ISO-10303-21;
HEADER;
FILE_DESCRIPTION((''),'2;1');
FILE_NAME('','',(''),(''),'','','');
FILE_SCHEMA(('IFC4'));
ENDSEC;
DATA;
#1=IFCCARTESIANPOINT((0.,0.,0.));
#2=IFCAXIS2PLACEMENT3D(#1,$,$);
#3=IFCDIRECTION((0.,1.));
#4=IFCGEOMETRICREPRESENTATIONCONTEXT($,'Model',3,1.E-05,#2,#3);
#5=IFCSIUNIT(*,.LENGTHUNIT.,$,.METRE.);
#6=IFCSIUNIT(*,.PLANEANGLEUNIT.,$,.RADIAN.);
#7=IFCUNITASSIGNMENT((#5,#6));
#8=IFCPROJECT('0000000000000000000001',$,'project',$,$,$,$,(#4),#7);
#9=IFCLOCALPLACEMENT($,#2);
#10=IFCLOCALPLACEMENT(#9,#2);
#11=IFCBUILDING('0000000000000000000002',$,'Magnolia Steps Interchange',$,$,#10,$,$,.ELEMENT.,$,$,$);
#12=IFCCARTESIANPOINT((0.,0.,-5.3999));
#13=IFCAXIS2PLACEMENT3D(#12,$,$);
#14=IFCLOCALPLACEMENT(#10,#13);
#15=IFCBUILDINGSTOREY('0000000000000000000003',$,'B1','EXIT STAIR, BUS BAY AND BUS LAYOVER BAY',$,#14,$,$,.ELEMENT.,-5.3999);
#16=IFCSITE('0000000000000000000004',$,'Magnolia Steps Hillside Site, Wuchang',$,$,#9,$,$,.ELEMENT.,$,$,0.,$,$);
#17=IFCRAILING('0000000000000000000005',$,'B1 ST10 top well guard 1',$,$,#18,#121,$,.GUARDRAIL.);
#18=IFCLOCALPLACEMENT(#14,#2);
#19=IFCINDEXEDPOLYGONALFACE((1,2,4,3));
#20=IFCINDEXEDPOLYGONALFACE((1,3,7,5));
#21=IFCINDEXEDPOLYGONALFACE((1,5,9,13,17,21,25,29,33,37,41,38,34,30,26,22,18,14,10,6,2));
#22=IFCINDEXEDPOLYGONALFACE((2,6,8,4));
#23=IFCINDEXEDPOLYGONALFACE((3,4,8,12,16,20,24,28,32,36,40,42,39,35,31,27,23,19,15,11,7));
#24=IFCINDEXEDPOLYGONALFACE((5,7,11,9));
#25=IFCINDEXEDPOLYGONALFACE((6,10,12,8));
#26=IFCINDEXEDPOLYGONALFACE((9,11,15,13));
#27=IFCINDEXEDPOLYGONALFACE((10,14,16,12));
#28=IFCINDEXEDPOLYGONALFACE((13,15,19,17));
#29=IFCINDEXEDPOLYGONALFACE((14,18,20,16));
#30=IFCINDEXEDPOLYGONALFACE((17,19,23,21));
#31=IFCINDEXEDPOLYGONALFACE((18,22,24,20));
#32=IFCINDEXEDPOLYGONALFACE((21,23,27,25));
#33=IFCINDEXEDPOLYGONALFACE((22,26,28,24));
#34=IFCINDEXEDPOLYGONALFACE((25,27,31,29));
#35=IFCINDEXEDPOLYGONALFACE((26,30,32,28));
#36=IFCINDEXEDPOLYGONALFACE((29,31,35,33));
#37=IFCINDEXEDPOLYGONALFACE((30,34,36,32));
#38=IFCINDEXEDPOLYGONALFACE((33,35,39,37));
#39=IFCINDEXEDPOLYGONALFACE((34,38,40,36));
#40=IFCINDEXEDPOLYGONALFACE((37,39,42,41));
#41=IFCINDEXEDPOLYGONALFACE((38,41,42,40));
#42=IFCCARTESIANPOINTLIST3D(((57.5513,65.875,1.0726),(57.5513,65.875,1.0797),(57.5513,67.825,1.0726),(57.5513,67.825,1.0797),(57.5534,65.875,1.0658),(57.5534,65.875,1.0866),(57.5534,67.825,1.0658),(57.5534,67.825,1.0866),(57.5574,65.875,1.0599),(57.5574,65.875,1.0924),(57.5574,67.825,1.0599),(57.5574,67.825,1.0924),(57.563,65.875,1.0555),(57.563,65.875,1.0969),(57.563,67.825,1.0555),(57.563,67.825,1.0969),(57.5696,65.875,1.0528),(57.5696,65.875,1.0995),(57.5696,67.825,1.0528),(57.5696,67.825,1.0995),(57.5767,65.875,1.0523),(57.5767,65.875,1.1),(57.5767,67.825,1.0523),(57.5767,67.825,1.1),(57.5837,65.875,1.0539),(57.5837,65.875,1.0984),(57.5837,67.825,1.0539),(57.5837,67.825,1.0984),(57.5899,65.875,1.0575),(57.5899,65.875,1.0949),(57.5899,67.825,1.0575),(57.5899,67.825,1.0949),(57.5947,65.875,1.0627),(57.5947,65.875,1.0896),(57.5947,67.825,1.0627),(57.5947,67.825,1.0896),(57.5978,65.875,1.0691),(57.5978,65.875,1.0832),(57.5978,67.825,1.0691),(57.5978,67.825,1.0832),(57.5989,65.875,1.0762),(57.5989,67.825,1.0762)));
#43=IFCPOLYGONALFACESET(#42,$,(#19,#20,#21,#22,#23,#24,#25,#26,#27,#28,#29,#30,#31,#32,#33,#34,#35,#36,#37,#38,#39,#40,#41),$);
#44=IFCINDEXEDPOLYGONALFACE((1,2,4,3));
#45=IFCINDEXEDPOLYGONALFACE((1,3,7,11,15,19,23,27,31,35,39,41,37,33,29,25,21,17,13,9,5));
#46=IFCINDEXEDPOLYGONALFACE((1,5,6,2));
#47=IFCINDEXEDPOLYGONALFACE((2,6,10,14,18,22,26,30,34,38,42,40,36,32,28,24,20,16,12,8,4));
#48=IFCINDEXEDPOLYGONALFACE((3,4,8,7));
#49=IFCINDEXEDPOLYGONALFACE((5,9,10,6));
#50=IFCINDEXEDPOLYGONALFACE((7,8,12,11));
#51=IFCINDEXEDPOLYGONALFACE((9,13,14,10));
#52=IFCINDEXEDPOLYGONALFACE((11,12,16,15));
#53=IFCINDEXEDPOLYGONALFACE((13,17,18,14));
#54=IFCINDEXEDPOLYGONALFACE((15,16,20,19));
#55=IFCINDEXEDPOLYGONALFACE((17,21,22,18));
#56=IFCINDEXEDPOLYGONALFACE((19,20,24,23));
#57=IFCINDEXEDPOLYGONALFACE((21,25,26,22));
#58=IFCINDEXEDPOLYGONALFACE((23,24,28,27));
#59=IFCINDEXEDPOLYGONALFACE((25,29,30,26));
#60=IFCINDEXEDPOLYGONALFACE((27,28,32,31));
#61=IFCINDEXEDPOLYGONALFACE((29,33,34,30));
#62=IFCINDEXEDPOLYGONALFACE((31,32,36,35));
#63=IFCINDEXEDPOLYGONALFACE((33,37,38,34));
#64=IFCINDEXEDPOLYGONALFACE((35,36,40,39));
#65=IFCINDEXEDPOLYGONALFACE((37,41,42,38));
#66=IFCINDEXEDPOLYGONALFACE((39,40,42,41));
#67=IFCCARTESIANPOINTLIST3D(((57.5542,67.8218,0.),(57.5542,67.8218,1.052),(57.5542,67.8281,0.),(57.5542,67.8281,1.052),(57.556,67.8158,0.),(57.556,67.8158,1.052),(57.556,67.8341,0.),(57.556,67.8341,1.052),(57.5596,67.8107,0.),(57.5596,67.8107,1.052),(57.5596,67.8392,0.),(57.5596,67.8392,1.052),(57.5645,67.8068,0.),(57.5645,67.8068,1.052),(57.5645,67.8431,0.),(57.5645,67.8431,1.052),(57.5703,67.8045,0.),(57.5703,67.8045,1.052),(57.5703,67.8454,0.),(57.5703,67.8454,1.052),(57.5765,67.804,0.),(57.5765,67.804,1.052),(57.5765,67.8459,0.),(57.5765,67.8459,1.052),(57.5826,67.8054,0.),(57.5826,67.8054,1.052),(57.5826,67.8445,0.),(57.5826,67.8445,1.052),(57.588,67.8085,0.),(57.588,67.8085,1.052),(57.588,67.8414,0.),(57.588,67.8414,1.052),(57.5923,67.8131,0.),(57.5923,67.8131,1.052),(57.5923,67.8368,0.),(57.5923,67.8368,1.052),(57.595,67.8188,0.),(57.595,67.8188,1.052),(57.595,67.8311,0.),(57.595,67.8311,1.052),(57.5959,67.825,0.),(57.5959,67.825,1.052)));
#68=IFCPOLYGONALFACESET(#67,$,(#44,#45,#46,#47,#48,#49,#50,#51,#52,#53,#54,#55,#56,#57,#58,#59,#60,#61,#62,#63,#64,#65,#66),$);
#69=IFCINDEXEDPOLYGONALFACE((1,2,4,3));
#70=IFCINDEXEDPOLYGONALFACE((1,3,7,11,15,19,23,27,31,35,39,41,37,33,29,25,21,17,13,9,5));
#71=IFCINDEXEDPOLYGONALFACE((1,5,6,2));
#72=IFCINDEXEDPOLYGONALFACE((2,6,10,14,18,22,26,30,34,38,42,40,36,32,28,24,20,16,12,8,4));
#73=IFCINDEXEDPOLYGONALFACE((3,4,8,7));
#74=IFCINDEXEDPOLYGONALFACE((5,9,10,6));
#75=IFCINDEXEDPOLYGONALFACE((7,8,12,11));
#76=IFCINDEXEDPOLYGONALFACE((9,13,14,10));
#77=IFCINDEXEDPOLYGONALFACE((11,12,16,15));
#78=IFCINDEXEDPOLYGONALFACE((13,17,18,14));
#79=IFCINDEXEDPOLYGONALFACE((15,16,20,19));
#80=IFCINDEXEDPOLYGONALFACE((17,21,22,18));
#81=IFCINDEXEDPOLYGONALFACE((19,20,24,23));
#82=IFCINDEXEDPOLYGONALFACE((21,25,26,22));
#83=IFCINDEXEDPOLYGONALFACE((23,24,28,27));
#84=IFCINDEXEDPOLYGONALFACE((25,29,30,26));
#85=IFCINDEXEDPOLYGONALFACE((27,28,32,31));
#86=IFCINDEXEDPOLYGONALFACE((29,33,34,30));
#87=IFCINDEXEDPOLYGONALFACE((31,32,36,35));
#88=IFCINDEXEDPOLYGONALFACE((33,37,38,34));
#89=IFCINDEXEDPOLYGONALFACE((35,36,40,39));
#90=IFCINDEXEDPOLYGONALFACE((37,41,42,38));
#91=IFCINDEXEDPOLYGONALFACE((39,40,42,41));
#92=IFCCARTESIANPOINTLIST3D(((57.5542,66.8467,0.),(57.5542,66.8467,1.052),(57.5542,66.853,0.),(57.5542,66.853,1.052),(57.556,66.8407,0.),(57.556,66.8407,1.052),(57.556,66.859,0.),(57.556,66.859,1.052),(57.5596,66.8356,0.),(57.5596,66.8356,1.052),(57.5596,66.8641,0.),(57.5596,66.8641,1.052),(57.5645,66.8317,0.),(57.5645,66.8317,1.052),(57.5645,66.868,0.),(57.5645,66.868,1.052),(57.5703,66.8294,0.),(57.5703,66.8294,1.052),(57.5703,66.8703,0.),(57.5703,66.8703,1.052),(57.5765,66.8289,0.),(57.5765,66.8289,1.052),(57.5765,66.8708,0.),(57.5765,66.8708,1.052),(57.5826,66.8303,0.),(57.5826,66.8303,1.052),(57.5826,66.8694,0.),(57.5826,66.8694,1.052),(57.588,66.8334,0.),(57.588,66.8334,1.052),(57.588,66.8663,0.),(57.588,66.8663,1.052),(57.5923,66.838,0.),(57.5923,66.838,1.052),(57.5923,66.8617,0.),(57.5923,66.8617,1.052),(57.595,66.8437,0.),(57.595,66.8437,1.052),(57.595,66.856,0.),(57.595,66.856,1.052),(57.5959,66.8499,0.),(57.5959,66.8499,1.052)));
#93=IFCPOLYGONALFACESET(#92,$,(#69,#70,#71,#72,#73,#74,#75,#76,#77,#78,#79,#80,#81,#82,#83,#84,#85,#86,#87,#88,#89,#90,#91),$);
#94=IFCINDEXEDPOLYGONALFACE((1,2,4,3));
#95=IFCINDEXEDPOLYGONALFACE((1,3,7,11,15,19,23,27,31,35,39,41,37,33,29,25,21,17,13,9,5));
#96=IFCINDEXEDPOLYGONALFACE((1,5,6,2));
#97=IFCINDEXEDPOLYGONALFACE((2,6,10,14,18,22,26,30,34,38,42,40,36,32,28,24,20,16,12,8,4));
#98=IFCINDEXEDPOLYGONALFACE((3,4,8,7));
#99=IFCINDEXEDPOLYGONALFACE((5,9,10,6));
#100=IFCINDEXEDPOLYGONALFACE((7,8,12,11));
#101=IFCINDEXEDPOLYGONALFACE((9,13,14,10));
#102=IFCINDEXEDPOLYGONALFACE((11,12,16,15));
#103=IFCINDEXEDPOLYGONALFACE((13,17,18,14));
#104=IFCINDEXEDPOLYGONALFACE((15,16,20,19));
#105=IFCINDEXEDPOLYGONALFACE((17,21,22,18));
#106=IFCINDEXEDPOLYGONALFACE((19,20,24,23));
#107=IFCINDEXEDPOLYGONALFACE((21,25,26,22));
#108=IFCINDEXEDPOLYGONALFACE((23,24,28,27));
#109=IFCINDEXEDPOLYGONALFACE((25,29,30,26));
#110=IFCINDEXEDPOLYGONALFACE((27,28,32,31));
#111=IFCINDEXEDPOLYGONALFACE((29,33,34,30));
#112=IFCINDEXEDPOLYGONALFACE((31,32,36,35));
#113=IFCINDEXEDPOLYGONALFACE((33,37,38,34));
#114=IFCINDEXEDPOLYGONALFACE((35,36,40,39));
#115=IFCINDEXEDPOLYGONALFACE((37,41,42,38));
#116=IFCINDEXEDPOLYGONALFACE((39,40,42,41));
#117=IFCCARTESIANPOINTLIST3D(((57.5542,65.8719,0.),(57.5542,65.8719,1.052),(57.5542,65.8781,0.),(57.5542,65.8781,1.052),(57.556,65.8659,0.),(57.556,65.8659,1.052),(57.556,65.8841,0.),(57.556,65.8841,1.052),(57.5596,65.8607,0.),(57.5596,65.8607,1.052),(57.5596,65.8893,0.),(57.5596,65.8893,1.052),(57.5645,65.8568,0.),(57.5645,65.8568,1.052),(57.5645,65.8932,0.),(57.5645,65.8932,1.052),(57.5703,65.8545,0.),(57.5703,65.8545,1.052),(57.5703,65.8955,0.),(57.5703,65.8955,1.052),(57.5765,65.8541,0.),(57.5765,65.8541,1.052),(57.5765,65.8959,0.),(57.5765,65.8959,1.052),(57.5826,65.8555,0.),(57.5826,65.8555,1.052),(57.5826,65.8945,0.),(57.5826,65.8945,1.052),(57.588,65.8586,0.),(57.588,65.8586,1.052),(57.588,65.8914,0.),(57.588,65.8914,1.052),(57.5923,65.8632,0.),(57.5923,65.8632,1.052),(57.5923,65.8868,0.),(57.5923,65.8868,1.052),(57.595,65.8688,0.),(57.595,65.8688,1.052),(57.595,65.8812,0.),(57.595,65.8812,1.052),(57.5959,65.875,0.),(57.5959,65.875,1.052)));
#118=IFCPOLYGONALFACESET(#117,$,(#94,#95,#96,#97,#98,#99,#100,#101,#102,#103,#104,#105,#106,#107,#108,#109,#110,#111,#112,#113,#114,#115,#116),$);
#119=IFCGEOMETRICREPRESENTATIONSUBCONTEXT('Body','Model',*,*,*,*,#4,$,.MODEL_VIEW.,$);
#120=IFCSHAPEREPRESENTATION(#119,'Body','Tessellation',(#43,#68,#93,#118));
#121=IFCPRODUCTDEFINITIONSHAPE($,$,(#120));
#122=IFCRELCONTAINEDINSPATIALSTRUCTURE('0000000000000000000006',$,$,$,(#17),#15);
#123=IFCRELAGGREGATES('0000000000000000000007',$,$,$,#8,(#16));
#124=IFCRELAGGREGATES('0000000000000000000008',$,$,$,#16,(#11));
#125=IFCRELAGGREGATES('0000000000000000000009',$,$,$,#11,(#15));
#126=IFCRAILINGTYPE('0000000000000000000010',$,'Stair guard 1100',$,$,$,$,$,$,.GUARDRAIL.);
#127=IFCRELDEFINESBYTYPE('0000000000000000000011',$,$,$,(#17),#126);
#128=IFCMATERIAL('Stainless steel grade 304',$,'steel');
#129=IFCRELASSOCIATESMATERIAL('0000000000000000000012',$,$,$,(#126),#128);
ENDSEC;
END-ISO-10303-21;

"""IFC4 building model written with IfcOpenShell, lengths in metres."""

from ifc_helpers import new_model, si_unit, direction, frame, origin, origin_2d, place, context, subcontext, project, spatial, circle, extrude, material, type_object, element, save


model = new_model("IFC4")

# Units and contexts
model_context = context("Model", 3, precision=1e-05, world=origin(), true_north=direction((0.0, 1.0)))
body_context = subcontext(model_context, "Body", "Model", "MODEL_VIEW")
ifc_project = project(units=[si_unit("LENGTHUNIT", "METRE"), si_unit("PLANEANGLEUNIT", "RADIAN")], contexts=[model_context])

# Site, building, storey
site_placement = place(None, origin())
site = spatial("IfcSite", under=ifc_project, at=site_placement, Name="Magnolia Steps Hillside Site, Wuchang", CompositionType="ELEMENT", RefElevation=0.0)
building_placement = place(site_placement, origin())
building = spatial("IfcBuilding", under=site, at=building_placement, Name="Magnolia Steps Interchange", CompositionType="ELEMENT")
storey_placement = place(building_placement, frame((0.0, 0.0, -5.3999)))
storey = spatial("IfcBuildingStorey", under=building, at=storey_placement, Name="B1", Description="EXIT STAIR, BUS BAY AND BUS LAYOVER BAY", CompositionType="ELEMENT", Elevation=-5.3999)

# Railing
ifc_material_1 = material(Name="Stainless steel grade 304", Category="steel")
railing_type_1 = type_object("IfcRailingType", Name="Stair guard 1100", PredefinedType="GUARDRAIL", material=ifc_material_1)
railing_1_placement = place(storey_placement, frame((57.575, 67.825, 0.0)))
element("IfcRailing", 1, at=railing_1_placement, inside=storey, type_object=railing_type_1, Name="B1 ST10 top well guard 1", PredefinedType="GUARDRAIL", context=body_context, shape_type="SweptSolid", body=[
    extrude(circle(Radius=0.0239, at=origin_2d()), frame((0.0, 0.0, 1.0762), z_axis=(0.0, -1.0, 0.0), x_axis=(1.0, 0.0, 0.0)), (0.0, 0.0, 1.0), 1.95),
    extrude(circle(Radius=0.021, at=origin_2d()), origin(), (0.0, 0.0, 1.0), 1.052),
    extrude(circle(Radius=0.021, at=origin_2d()), frame((0.0, -0.9751, 0.0)), (0.0, 0.0, 1.0), 1.052),
    extrude(circle(Radius=0.021, at=origin_2d()), frame((0.0, -1.95, 0.0)), (0.0, 0.0, 1.0), 1.052),
])

save(model, "model.ifc")
